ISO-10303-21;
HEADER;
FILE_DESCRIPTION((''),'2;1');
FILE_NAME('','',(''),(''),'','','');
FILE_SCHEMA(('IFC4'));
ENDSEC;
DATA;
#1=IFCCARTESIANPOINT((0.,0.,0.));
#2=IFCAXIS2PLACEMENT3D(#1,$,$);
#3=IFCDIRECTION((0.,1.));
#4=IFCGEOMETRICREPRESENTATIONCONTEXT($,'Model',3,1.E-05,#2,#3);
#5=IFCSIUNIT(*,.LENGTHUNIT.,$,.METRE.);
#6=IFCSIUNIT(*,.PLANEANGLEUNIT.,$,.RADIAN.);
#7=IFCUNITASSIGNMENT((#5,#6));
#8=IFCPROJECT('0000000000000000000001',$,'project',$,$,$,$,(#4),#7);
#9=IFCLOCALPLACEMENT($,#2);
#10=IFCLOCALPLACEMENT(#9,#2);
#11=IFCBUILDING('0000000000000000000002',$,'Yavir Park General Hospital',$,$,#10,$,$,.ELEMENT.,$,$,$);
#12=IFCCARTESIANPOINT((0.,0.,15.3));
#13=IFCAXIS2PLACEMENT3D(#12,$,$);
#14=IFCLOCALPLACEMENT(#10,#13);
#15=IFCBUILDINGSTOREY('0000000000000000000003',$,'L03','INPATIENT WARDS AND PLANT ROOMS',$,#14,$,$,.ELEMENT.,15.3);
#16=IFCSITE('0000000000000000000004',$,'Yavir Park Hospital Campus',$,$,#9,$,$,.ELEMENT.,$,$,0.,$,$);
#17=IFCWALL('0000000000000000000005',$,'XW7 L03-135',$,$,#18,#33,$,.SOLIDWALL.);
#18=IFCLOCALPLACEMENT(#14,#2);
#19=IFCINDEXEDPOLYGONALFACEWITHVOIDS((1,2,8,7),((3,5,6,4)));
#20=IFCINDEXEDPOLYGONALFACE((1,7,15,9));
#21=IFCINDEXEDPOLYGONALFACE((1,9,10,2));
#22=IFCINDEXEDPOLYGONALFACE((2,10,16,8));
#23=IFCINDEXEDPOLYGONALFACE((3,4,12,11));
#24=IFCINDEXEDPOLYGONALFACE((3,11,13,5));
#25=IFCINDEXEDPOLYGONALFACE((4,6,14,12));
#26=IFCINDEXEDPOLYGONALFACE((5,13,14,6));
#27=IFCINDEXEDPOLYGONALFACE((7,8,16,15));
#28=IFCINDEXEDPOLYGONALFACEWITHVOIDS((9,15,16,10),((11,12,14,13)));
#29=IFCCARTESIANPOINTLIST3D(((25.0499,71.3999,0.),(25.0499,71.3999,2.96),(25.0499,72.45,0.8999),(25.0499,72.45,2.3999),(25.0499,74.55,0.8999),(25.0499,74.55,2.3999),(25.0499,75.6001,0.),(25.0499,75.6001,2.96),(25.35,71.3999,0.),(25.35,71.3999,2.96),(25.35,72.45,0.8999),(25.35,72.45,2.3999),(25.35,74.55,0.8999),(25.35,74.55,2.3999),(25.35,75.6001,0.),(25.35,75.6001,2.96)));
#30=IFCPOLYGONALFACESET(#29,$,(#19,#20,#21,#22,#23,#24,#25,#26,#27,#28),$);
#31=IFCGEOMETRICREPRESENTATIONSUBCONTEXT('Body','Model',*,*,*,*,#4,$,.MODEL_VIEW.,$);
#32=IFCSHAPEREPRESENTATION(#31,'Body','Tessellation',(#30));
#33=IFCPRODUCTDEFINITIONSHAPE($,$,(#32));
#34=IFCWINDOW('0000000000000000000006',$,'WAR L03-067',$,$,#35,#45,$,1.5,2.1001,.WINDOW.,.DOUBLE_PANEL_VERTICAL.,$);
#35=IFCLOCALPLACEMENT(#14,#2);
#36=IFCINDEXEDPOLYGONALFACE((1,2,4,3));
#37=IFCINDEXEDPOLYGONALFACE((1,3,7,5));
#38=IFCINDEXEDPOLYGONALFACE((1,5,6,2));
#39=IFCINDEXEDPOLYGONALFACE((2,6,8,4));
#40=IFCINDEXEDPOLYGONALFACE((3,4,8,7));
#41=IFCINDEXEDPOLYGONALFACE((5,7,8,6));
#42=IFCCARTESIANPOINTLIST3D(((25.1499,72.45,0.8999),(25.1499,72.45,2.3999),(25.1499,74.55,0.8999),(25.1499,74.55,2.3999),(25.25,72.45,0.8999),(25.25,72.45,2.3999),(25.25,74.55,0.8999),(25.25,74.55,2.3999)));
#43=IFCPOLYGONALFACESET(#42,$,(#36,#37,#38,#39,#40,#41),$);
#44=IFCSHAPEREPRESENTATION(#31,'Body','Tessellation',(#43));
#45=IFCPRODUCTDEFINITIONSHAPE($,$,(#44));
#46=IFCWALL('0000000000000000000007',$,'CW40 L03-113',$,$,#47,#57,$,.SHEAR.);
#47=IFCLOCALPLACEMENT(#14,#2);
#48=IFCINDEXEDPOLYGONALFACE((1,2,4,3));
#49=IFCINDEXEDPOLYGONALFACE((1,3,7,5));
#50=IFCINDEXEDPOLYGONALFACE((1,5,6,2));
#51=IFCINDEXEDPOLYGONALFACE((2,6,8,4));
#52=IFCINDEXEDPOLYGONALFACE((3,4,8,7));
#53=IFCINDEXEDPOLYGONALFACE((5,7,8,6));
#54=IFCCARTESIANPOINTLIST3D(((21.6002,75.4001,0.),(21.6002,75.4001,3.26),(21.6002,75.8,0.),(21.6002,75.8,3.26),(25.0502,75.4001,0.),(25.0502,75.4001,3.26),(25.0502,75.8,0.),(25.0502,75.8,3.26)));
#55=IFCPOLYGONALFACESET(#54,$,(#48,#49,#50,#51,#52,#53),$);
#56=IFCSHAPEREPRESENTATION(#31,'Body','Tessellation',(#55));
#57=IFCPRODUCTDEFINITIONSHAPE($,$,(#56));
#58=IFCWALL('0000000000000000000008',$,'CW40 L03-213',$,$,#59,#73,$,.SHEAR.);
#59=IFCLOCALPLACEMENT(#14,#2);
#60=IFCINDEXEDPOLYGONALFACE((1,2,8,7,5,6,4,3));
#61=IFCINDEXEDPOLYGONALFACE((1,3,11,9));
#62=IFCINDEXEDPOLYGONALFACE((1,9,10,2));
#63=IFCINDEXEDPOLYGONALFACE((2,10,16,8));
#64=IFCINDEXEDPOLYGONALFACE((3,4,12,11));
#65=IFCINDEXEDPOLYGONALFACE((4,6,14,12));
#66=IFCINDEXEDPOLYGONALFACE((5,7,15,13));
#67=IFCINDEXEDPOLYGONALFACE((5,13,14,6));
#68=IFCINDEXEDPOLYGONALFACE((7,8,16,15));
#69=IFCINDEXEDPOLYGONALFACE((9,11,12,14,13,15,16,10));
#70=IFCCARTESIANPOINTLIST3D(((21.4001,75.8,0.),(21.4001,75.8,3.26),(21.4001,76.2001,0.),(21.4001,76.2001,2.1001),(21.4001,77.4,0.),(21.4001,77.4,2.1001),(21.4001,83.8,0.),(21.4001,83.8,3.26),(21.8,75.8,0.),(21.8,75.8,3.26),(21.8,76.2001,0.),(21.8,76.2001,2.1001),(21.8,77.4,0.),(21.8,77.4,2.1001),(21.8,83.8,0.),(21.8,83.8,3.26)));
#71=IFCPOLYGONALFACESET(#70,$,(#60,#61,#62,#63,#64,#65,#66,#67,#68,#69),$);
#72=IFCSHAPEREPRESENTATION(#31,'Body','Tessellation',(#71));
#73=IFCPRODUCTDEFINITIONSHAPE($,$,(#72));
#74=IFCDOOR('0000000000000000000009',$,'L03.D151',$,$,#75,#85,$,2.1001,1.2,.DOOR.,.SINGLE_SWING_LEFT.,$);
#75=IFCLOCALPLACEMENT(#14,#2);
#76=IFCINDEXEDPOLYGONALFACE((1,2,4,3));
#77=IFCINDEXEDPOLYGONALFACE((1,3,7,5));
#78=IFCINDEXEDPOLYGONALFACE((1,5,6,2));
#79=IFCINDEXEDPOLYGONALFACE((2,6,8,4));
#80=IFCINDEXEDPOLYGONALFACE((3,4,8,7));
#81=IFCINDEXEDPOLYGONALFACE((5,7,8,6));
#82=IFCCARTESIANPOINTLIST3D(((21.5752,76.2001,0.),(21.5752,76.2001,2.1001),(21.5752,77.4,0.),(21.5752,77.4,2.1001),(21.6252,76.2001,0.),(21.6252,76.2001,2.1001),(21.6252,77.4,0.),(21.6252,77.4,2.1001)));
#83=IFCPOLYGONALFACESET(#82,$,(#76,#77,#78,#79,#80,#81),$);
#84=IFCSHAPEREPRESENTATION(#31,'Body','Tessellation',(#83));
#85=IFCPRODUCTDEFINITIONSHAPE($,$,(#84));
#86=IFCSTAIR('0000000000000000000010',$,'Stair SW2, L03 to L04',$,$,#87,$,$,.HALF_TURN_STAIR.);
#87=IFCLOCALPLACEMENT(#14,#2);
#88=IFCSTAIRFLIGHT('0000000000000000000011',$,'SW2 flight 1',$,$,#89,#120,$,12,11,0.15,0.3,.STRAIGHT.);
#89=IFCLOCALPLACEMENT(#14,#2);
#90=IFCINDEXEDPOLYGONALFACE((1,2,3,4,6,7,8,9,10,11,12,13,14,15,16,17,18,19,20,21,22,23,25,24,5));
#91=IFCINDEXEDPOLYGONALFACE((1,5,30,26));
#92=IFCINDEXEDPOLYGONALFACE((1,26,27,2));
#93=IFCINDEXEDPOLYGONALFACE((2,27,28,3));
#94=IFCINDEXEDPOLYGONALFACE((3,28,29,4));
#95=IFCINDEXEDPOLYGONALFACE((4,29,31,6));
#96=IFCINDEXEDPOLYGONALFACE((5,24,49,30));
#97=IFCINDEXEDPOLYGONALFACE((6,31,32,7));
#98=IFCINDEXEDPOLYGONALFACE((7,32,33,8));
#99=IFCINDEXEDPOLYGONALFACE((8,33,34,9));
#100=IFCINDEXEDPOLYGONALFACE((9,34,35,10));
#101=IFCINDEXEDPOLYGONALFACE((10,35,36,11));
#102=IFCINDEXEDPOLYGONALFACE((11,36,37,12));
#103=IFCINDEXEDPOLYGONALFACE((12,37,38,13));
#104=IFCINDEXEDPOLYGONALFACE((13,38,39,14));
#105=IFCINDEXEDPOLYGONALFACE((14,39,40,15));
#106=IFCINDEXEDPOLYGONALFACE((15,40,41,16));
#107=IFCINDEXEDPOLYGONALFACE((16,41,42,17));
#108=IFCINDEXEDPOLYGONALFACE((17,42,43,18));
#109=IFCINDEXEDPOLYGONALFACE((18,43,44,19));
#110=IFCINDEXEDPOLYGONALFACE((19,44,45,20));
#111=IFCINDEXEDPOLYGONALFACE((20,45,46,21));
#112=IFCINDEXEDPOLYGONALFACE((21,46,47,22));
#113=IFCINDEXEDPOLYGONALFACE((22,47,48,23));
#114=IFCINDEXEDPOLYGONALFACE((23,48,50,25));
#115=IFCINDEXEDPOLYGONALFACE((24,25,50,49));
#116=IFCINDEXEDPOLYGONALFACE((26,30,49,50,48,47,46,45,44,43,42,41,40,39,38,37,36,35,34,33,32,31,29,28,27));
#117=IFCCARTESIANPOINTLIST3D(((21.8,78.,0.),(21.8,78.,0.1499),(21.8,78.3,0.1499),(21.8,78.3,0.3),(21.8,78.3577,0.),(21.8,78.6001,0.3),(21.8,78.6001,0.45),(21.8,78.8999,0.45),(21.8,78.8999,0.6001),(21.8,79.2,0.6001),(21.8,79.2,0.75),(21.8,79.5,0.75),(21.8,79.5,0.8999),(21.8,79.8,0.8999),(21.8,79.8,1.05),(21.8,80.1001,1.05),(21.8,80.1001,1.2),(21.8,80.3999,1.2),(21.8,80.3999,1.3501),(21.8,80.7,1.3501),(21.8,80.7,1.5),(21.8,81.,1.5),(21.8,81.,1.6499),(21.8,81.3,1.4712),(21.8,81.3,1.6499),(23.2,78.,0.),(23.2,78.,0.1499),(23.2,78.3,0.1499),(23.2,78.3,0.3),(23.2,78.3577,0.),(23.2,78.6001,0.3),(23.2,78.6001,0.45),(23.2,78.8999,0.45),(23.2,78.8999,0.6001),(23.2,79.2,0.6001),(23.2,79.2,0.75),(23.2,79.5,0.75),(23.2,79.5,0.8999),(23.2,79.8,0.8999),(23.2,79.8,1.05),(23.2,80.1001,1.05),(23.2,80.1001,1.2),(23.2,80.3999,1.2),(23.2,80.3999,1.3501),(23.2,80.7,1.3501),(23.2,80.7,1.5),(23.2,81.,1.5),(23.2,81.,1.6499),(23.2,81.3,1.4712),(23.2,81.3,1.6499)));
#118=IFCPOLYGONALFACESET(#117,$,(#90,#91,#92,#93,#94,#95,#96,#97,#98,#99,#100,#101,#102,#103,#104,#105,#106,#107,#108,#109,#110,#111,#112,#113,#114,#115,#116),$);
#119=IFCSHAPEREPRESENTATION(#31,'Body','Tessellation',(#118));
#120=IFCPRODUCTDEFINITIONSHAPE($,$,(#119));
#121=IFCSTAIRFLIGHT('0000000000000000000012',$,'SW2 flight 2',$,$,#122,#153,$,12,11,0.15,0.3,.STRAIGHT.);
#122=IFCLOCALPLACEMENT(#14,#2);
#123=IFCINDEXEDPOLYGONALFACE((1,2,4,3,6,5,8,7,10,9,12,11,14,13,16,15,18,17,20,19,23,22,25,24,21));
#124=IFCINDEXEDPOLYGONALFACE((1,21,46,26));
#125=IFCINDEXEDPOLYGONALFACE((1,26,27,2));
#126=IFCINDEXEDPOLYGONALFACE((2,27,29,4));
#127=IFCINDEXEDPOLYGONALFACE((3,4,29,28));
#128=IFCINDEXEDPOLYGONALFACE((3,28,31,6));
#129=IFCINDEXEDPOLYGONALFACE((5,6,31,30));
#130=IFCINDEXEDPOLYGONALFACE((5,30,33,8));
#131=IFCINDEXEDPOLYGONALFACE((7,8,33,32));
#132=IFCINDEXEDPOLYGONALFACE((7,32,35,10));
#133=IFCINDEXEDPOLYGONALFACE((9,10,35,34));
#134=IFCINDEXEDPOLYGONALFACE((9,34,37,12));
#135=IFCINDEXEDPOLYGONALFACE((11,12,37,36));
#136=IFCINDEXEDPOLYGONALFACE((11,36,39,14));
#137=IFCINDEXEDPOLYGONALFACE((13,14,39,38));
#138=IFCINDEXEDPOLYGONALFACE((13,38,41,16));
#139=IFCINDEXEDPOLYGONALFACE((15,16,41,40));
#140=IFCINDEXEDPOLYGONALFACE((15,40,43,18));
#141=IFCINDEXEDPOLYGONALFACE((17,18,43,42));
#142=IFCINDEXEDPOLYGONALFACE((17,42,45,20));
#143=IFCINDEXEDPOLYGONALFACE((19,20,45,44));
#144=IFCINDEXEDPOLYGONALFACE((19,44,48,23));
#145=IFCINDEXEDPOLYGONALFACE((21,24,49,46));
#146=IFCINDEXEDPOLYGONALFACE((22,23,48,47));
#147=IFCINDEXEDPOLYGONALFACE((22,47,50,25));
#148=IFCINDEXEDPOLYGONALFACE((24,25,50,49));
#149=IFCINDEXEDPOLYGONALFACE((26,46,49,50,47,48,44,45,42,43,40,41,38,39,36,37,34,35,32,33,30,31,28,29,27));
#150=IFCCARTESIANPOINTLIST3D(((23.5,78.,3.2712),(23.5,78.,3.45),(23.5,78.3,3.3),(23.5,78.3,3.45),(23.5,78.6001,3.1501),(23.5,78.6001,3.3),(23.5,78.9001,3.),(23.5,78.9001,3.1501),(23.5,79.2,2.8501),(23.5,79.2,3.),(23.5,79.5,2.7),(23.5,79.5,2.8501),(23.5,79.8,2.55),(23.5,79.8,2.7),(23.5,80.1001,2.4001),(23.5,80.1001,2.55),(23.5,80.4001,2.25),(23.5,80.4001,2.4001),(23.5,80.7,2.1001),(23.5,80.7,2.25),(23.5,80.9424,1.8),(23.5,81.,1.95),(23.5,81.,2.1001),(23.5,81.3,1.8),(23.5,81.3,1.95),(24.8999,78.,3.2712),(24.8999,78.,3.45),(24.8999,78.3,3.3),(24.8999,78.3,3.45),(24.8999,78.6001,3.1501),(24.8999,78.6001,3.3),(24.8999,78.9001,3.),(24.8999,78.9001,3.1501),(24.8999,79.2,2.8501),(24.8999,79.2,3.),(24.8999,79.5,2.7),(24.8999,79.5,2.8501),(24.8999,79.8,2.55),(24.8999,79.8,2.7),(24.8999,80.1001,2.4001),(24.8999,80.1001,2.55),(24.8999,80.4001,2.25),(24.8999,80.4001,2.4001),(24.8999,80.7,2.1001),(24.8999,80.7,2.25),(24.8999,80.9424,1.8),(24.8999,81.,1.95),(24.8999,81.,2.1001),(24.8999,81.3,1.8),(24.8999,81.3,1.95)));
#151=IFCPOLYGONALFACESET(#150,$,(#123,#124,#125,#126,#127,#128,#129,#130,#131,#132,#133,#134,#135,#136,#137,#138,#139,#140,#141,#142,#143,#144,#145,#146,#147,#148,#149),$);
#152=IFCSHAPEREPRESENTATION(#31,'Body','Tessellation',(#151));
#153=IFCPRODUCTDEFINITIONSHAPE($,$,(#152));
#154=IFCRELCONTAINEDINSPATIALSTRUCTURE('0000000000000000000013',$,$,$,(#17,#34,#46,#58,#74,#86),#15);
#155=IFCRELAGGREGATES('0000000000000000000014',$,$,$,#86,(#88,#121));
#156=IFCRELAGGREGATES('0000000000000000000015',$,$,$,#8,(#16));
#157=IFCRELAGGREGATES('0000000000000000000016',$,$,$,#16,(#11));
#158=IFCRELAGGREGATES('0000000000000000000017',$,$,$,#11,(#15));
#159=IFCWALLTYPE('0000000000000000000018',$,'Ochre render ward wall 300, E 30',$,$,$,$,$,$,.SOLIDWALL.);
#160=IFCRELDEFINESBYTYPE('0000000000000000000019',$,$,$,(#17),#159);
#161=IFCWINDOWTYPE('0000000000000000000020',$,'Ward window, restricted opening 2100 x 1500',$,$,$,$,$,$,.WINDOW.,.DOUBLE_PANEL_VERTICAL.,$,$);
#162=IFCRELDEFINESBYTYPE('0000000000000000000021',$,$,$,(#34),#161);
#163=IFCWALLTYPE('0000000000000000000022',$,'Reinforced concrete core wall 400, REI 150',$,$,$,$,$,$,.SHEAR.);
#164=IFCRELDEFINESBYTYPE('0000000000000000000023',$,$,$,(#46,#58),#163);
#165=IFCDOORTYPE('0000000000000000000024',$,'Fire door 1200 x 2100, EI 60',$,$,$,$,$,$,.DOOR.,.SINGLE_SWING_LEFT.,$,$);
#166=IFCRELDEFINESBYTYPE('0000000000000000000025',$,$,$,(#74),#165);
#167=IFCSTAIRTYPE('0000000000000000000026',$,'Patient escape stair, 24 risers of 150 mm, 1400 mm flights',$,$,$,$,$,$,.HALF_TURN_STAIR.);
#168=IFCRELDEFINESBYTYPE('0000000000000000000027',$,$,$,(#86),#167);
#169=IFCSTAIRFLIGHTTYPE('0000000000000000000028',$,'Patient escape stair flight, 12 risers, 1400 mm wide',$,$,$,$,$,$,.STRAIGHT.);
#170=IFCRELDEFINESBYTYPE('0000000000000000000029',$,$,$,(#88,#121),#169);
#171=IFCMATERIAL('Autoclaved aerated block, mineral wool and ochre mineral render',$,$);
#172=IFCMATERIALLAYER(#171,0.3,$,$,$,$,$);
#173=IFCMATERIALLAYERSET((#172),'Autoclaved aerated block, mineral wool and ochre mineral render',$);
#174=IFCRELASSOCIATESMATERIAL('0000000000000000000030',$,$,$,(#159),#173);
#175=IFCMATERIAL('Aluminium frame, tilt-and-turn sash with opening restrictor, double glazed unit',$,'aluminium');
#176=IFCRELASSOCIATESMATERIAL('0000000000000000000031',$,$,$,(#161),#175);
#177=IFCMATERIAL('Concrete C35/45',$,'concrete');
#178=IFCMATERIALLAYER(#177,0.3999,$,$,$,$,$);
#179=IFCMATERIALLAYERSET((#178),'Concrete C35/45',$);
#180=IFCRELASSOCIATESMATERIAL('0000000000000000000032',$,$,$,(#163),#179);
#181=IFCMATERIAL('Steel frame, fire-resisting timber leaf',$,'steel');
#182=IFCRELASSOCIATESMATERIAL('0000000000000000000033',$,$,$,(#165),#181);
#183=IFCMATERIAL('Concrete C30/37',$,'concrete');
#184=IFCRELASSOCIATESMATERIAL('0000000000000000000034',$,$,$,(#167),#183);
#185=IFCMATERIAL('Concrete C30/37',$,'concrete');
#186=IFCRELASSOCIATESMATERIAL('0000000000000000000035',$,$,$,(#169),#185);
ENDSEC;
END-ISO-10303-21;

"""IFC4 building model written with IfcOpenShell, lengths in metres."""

from ifc_helpers import new_model, si_unit, direction, frame, frame_2d, origin, place, context, subcontext, project, spatial, polyline, rectangle, outline, extrude, material, layer, layer_set, type_object, element, fill, aggregate, save


model = new_model("IFC4")

# Units and contexts
model_context = context("Model", 3, precision=1e-05, world=origin(), true_north=direction((0.0, 1.0)))
body_context = subcontext(model_context, "Body", "Model", "MODEL_VIEW")
ifc_project = project(units=[si_unit("LENGTHUNIT", "METRE"), si_unit("PLANEANGLEUNIT", "RADIAN")], contexts=[model_context])

# Site, building, storey
site_placement = place(None, origin())
site = spatial("IfcSite", under=ifc_project, at=site_placement, Name="Yavir Park Hospital Campus", CompositionType="ELEMENT", RefElevation=0.0)
building_placement = place(site_placement, origin())
building = spatial("IfcBuilding", under=site, at=building_placement, Name="Yavir Park General Hospital", CompositionType="ELEMENT")
storey_placement = place(building_placement, frame((0.0, 0.0, 15.3)))
storey = spatial("IfcBuildingStorey", under=building, at=storey_placement, Name="L03", Description="INPATIENT WARDS AND PLANT ROOMS", CompositionType="ELEMENT", Elevation=15.3)

# Wall, opening, window
ifc_material_1 = material(Name="Autoclaved aerated block, mineral wool and ochre mineral render")
ifc_layer_1 = layer(ifc_material_1, 0.3)
ifc_layer_set_1 = layer_set([ifc_layer_1], Name="Autoclaved aerated block, mineral wool and ochre mineral render")
wall_type_1 = type_object("IfcWallType", Name="Ochre render ward wall 300, E 30", PredefinedType="SOLIDWALL", material=ifc_layer_set_1)
wall_1_placement = place(storey_placement, frame((25.2, 71.3999, 0.0), z_axis=(0.0, 0.0, 1.0), x_axis=(0.0, 1.0, 0.0)))
wall_1 = element("IfcWall", 1, at=wall_1_placement, inside=storey, type_object=wall_type_1, Name="XW7 L03-135", PredefinedType="SOLIDWALL", context=body_context, shape_type="SweptSolid", body=[
    extrude(rectangle(XDim=4.2002, YDim=0.3, at=frame_2d((2.1001, 0.0))), origin(), (0.0, 0.0, 1.0), 2.96),
])
opening_1_placement = place(wall_1_placement, frame((1.05, 0.0, 0.8999)))
opening_1 = element("IfcOpeningElement", 2, at=opening_1_placement, cuts=wall_1, PredefinedType="OPENING", context=body_context, shape_type="SweptSolid", body=[
    extrude(rectangle(XDim=2.1001, YDim=1.5, at=frame_2d((1.05, 0.75))), frame((0.0, 0.1599, 0.0), z_axis=(0.0, -1.0, 0.0), x_axis=(1.0, 0.0, 0.0)), (0.0, 0.0, 1.0), 0.3201),
])
ifc_material_2 = material(Name="Aluminium frame, tilt-and-turn sash with opening restrictor, double glazed unit", Category="aluminium")
window_type = type_object("IfcWindowType", Name="Ward window, restricted opening 2100 x 1500", PartitioningType="DOUBLE_PANEL_VERTICAL", PredefinedType="WINDOW", material=ifc_material_2)
window_placement = place(opening_1_placement, origin())
window = element("IfcWindow", 3, at=window_placement, inside=storey, type_object=window_type, Name="WAR L03-067", OverallHeight=1.5, OverallWidth=2.1001, PartitioningType="DOUBLE_PANEL_VERTICAL", PredefinedType="WINDOW", context=body_context, shape_type="SweptSolid", body=[
    extrude(rectangle(XDim=2.1001, YDim=1.5, at=frame_2d((1.05, 0.75))), frame((0.0, 0.05, 0.0), z_axis=(0.0, -1.0, 0.0), x_axis=(1.0, 0.0, 0.0)), (0.0, 0.0, 1.0), 0.1001),
])
fill(opening_1, window)

# Wall
ifc_material_3 = material(Name="Concrete C35/45", Category="concrete")
ifc_layer_2 = layer(ifc_material_3, 0.3999)
ifc_layer_set_2 = layer_set([ifc_layer_2], Name="Concrete C35/45")
wall_type_2 = type_object("IfcWallType", Name="Reinforced concrete core wall 400, REI 150", PredefinedType="SHEAR", material=ifc_layer_set_2)
wall_2_placement = place(storey_placement, frame((21.6001, 75.6001, 0.0), z_axis=(0.0, 0.0, 1.0), x_axis=(1.0, 0.0, 0.0)))
element("IfcWall", 4, at=wall_2_placement, inside=storey, type_object=wall_type_2, Name="CW40 L03-113", PredefinedType="SHEAR", context=body_context, shape_type="SweptSolid", body=[
    extrude(rectangle(XDim=3.45, YDim=0.3999, at=frame_2d((1.7251, 0.0))), origin(), (0.0, 0.0, 1.0), 3.26),
])

# Wall, opening, door
wall_3_placement = place(storey_placement, frame((21.6001, 75.8, 0.0), z_axis=(0.0, 0.0, 1.0), x_axis=(0.0, 1.0, 0.0)))
wall_3 = element("IfcWall", 5, at=wall_3_placement, inside=storey, type_object=wall_type_2, Name="CW40 L03-213", PredefinedType="SHEAR", context=body_context, shape_type="SweptSolid", body=[
    extrude(rectangle(XDim=8.0, YDim=0.3999, at=frame_2d((4.0, 0.0))), origin(), (0.0, 0.0, 1.0), 3.26),
])
opening_2_placement = place(wall_3_placement, frame((0.3999, 0.0, 0.0)))
opening_2 = element("IfcOpeningElement", 6, at=opening_2_placement, cuts=wall_3, PredefinedType="OPENING", context=body_context, shape_type="SweptSolid", body=[
    extrude(rectangle(XDim=1.2, YDim=2.1001, at=frame_2d((0.6001, 1.05))), frame((0.0, 0.21, 0.0), z_axis=(0.0, -1.0, 0.0), x_axis=(1.0, 0.0, 0.0)), (0.0, 0.0, 1.0), 0.4199),
])
ifc_material_4 = material(Name="Steel frame, fire-resisting timber leaf", Category="steel")
door_type_1 = type_object("IfcDoorType", Name="Fire door 1200 x 2100, EI 60", OperationType="SINGLE_SWING_LEFT", PredefinedType="DOOR", material=ifc_material_4)
door_1_placement = place(opening_2_placement, origin())
door_1 = element("IfcDoor", 7, at=door_1_placement, inside=storey, type_object=door_type_1, Name="L03.D151", OperationType="SINGLE_SWING_LEFT", OverallHeight=2.1001, OverallWidth=1.2, PredefinedType="DOOR", context=body_context, shape_type="SweptSolid", body=[
    extrude(rectangle(XDim=1.2, YDim=2.1001, at=frame_2d((0.6001, 1.05))), frame((0.0, 0.0249, 0.0), z_axis=(0.0, -1.0, 0.0), x_axis=(1.0, 0.0, 0.0)), (0.0, 0.0, 1.0), 0.05),
])
fill(opening_2, door_1)

# Stair, stair flights
ifc_material_5 = material(Name="Concrete C30/37", Category="concrete")
stair_type = type_object("IfcStairType", Name="Patient escape stair, 24 risers of 150 mm, 1400 mm flights", PredefinedType="HALF_TURN_STAIR", material=ifc_material_5)
stair_placement = place(storey_placement, origin())
stair = element("IfcStair", 8, at=stair_placement, inside=storey, type_object=stair_type, Name="Stair SW2, L03 to L04", PredefinedType="HALF_TURN_STAIR")
ifc_material_6 = material(Name="Concrete C30/37", Category="concrete")
stair_flight_type = type_object("IfcStairFlightType", Name="Patient escape stair flight, 12 risers, 1400 mm wide", PredefinedType="STRAIGHT", material=ifc_material_6)
stair_flight_1_placement = place(storey_placement, frame((22.5, 78.0, 0.0), z_axis=(0.0, 0.0, 1.0), x_axis=(0.0, 1.0, 0.0)))
stair_flight_1 = element("IfcStairFlight", 9, at=stair_flight_1_placement, type_object=stair_flight_type, Name="SW2 flight 1", NumberOfRisers=12, NumberOfTreads=11, PredefinedType="STRAIGHT", RiserHeight=0.15, TreadLength=0.3, context=body_context, shape_type="SweptSolid", body=[
    extrude(outline(polyline([(0.0, 0.0), (0.0, 0.1499), (0.3, 0.1499), (0.3, 0.3), (0.6001, 0.3), (0.6001, 0.45), (0.8999, 0.45), (0.8999, 0.6001), (1.2, 0.6001), (1.2, 0.75), (1.5, 0.75), (1.5, 0.8999), (1.8, 0.8999), (1.8, 1.05), (2.1001, 1.05), (2.1001, 1.2), (2.3999, 1.2), (2.3999, 1.3501), (2.7, 1.3501), (2.7, 1.5), (3.0, 1.5), (3.0, 1.6499), (3.3, 1.6499), (3.3, 1.8), (3.3, 1.4712), (0.3577, 0.0), (0.0, 0.0)])), frame((0.0, 0.7, 0.0), z_axis=(0.0, -1.0, 0.0), x_axis=(1.0, 0.0, 0.0)), (0.0, 0.0, 1.0), 1.3999),
])
stair_flight_2_placement = place(storey_placement, frame((24.2, 81.3, 1.8), z_axis=(0.0, 0.0, 1.0), x_axis=(0.0, -1.0, 0.0)))
stair_flight_2 = element("IfcStairFlight", 10, at=stair_flight_2_placement, type_object=stair_flight_type, Name="SW2 flight 2", NumberOfRisers=12, NumberOfTreads=11, PredefinedType="STRAIGHT", RiserHeight=0.15, TreadLength=0.3, context=body_context, shape_type="SweptSolid", body=[
    extrude(outline(polyline([(0.0, 0.0), (0.0, 0.1499), (0.3, 0.1499), (0.3, 0.3), (0.6001, 0.3), (0.6001, 0.45), (0.8999, 0.45), (0.8999, 0.6001), (1.2, 0.6001), (1.2, 0.75), (1.5, 0.75), (1.5, 0.8999), (1.8, 0.8999), (1.8, 1.05), (2.1001, 1.05), (2.1001, 1.2), (2.3999, 1.2), (2.3999, 1.3501), (2.7, 1.3501), (2.7, 1.5), (3.0, 1.5), (3.0, 1.6499), (3.3, 1.6499), (3.3, 1.8), (3.3, 1.4712), (0.3577, 0.0), (0.0, 0.0)])), frame((0.0, 0.7, 0.0), z_axis=(0.0, -1.0, 0.0), x_axis=(1.0, 0.0, 0.0)), (0.0, 0.0, 1.0), 1.3999),
])
aggregate(stair, [stair_flight_1, stair_flight_2])

save(model, "model.ifc")
